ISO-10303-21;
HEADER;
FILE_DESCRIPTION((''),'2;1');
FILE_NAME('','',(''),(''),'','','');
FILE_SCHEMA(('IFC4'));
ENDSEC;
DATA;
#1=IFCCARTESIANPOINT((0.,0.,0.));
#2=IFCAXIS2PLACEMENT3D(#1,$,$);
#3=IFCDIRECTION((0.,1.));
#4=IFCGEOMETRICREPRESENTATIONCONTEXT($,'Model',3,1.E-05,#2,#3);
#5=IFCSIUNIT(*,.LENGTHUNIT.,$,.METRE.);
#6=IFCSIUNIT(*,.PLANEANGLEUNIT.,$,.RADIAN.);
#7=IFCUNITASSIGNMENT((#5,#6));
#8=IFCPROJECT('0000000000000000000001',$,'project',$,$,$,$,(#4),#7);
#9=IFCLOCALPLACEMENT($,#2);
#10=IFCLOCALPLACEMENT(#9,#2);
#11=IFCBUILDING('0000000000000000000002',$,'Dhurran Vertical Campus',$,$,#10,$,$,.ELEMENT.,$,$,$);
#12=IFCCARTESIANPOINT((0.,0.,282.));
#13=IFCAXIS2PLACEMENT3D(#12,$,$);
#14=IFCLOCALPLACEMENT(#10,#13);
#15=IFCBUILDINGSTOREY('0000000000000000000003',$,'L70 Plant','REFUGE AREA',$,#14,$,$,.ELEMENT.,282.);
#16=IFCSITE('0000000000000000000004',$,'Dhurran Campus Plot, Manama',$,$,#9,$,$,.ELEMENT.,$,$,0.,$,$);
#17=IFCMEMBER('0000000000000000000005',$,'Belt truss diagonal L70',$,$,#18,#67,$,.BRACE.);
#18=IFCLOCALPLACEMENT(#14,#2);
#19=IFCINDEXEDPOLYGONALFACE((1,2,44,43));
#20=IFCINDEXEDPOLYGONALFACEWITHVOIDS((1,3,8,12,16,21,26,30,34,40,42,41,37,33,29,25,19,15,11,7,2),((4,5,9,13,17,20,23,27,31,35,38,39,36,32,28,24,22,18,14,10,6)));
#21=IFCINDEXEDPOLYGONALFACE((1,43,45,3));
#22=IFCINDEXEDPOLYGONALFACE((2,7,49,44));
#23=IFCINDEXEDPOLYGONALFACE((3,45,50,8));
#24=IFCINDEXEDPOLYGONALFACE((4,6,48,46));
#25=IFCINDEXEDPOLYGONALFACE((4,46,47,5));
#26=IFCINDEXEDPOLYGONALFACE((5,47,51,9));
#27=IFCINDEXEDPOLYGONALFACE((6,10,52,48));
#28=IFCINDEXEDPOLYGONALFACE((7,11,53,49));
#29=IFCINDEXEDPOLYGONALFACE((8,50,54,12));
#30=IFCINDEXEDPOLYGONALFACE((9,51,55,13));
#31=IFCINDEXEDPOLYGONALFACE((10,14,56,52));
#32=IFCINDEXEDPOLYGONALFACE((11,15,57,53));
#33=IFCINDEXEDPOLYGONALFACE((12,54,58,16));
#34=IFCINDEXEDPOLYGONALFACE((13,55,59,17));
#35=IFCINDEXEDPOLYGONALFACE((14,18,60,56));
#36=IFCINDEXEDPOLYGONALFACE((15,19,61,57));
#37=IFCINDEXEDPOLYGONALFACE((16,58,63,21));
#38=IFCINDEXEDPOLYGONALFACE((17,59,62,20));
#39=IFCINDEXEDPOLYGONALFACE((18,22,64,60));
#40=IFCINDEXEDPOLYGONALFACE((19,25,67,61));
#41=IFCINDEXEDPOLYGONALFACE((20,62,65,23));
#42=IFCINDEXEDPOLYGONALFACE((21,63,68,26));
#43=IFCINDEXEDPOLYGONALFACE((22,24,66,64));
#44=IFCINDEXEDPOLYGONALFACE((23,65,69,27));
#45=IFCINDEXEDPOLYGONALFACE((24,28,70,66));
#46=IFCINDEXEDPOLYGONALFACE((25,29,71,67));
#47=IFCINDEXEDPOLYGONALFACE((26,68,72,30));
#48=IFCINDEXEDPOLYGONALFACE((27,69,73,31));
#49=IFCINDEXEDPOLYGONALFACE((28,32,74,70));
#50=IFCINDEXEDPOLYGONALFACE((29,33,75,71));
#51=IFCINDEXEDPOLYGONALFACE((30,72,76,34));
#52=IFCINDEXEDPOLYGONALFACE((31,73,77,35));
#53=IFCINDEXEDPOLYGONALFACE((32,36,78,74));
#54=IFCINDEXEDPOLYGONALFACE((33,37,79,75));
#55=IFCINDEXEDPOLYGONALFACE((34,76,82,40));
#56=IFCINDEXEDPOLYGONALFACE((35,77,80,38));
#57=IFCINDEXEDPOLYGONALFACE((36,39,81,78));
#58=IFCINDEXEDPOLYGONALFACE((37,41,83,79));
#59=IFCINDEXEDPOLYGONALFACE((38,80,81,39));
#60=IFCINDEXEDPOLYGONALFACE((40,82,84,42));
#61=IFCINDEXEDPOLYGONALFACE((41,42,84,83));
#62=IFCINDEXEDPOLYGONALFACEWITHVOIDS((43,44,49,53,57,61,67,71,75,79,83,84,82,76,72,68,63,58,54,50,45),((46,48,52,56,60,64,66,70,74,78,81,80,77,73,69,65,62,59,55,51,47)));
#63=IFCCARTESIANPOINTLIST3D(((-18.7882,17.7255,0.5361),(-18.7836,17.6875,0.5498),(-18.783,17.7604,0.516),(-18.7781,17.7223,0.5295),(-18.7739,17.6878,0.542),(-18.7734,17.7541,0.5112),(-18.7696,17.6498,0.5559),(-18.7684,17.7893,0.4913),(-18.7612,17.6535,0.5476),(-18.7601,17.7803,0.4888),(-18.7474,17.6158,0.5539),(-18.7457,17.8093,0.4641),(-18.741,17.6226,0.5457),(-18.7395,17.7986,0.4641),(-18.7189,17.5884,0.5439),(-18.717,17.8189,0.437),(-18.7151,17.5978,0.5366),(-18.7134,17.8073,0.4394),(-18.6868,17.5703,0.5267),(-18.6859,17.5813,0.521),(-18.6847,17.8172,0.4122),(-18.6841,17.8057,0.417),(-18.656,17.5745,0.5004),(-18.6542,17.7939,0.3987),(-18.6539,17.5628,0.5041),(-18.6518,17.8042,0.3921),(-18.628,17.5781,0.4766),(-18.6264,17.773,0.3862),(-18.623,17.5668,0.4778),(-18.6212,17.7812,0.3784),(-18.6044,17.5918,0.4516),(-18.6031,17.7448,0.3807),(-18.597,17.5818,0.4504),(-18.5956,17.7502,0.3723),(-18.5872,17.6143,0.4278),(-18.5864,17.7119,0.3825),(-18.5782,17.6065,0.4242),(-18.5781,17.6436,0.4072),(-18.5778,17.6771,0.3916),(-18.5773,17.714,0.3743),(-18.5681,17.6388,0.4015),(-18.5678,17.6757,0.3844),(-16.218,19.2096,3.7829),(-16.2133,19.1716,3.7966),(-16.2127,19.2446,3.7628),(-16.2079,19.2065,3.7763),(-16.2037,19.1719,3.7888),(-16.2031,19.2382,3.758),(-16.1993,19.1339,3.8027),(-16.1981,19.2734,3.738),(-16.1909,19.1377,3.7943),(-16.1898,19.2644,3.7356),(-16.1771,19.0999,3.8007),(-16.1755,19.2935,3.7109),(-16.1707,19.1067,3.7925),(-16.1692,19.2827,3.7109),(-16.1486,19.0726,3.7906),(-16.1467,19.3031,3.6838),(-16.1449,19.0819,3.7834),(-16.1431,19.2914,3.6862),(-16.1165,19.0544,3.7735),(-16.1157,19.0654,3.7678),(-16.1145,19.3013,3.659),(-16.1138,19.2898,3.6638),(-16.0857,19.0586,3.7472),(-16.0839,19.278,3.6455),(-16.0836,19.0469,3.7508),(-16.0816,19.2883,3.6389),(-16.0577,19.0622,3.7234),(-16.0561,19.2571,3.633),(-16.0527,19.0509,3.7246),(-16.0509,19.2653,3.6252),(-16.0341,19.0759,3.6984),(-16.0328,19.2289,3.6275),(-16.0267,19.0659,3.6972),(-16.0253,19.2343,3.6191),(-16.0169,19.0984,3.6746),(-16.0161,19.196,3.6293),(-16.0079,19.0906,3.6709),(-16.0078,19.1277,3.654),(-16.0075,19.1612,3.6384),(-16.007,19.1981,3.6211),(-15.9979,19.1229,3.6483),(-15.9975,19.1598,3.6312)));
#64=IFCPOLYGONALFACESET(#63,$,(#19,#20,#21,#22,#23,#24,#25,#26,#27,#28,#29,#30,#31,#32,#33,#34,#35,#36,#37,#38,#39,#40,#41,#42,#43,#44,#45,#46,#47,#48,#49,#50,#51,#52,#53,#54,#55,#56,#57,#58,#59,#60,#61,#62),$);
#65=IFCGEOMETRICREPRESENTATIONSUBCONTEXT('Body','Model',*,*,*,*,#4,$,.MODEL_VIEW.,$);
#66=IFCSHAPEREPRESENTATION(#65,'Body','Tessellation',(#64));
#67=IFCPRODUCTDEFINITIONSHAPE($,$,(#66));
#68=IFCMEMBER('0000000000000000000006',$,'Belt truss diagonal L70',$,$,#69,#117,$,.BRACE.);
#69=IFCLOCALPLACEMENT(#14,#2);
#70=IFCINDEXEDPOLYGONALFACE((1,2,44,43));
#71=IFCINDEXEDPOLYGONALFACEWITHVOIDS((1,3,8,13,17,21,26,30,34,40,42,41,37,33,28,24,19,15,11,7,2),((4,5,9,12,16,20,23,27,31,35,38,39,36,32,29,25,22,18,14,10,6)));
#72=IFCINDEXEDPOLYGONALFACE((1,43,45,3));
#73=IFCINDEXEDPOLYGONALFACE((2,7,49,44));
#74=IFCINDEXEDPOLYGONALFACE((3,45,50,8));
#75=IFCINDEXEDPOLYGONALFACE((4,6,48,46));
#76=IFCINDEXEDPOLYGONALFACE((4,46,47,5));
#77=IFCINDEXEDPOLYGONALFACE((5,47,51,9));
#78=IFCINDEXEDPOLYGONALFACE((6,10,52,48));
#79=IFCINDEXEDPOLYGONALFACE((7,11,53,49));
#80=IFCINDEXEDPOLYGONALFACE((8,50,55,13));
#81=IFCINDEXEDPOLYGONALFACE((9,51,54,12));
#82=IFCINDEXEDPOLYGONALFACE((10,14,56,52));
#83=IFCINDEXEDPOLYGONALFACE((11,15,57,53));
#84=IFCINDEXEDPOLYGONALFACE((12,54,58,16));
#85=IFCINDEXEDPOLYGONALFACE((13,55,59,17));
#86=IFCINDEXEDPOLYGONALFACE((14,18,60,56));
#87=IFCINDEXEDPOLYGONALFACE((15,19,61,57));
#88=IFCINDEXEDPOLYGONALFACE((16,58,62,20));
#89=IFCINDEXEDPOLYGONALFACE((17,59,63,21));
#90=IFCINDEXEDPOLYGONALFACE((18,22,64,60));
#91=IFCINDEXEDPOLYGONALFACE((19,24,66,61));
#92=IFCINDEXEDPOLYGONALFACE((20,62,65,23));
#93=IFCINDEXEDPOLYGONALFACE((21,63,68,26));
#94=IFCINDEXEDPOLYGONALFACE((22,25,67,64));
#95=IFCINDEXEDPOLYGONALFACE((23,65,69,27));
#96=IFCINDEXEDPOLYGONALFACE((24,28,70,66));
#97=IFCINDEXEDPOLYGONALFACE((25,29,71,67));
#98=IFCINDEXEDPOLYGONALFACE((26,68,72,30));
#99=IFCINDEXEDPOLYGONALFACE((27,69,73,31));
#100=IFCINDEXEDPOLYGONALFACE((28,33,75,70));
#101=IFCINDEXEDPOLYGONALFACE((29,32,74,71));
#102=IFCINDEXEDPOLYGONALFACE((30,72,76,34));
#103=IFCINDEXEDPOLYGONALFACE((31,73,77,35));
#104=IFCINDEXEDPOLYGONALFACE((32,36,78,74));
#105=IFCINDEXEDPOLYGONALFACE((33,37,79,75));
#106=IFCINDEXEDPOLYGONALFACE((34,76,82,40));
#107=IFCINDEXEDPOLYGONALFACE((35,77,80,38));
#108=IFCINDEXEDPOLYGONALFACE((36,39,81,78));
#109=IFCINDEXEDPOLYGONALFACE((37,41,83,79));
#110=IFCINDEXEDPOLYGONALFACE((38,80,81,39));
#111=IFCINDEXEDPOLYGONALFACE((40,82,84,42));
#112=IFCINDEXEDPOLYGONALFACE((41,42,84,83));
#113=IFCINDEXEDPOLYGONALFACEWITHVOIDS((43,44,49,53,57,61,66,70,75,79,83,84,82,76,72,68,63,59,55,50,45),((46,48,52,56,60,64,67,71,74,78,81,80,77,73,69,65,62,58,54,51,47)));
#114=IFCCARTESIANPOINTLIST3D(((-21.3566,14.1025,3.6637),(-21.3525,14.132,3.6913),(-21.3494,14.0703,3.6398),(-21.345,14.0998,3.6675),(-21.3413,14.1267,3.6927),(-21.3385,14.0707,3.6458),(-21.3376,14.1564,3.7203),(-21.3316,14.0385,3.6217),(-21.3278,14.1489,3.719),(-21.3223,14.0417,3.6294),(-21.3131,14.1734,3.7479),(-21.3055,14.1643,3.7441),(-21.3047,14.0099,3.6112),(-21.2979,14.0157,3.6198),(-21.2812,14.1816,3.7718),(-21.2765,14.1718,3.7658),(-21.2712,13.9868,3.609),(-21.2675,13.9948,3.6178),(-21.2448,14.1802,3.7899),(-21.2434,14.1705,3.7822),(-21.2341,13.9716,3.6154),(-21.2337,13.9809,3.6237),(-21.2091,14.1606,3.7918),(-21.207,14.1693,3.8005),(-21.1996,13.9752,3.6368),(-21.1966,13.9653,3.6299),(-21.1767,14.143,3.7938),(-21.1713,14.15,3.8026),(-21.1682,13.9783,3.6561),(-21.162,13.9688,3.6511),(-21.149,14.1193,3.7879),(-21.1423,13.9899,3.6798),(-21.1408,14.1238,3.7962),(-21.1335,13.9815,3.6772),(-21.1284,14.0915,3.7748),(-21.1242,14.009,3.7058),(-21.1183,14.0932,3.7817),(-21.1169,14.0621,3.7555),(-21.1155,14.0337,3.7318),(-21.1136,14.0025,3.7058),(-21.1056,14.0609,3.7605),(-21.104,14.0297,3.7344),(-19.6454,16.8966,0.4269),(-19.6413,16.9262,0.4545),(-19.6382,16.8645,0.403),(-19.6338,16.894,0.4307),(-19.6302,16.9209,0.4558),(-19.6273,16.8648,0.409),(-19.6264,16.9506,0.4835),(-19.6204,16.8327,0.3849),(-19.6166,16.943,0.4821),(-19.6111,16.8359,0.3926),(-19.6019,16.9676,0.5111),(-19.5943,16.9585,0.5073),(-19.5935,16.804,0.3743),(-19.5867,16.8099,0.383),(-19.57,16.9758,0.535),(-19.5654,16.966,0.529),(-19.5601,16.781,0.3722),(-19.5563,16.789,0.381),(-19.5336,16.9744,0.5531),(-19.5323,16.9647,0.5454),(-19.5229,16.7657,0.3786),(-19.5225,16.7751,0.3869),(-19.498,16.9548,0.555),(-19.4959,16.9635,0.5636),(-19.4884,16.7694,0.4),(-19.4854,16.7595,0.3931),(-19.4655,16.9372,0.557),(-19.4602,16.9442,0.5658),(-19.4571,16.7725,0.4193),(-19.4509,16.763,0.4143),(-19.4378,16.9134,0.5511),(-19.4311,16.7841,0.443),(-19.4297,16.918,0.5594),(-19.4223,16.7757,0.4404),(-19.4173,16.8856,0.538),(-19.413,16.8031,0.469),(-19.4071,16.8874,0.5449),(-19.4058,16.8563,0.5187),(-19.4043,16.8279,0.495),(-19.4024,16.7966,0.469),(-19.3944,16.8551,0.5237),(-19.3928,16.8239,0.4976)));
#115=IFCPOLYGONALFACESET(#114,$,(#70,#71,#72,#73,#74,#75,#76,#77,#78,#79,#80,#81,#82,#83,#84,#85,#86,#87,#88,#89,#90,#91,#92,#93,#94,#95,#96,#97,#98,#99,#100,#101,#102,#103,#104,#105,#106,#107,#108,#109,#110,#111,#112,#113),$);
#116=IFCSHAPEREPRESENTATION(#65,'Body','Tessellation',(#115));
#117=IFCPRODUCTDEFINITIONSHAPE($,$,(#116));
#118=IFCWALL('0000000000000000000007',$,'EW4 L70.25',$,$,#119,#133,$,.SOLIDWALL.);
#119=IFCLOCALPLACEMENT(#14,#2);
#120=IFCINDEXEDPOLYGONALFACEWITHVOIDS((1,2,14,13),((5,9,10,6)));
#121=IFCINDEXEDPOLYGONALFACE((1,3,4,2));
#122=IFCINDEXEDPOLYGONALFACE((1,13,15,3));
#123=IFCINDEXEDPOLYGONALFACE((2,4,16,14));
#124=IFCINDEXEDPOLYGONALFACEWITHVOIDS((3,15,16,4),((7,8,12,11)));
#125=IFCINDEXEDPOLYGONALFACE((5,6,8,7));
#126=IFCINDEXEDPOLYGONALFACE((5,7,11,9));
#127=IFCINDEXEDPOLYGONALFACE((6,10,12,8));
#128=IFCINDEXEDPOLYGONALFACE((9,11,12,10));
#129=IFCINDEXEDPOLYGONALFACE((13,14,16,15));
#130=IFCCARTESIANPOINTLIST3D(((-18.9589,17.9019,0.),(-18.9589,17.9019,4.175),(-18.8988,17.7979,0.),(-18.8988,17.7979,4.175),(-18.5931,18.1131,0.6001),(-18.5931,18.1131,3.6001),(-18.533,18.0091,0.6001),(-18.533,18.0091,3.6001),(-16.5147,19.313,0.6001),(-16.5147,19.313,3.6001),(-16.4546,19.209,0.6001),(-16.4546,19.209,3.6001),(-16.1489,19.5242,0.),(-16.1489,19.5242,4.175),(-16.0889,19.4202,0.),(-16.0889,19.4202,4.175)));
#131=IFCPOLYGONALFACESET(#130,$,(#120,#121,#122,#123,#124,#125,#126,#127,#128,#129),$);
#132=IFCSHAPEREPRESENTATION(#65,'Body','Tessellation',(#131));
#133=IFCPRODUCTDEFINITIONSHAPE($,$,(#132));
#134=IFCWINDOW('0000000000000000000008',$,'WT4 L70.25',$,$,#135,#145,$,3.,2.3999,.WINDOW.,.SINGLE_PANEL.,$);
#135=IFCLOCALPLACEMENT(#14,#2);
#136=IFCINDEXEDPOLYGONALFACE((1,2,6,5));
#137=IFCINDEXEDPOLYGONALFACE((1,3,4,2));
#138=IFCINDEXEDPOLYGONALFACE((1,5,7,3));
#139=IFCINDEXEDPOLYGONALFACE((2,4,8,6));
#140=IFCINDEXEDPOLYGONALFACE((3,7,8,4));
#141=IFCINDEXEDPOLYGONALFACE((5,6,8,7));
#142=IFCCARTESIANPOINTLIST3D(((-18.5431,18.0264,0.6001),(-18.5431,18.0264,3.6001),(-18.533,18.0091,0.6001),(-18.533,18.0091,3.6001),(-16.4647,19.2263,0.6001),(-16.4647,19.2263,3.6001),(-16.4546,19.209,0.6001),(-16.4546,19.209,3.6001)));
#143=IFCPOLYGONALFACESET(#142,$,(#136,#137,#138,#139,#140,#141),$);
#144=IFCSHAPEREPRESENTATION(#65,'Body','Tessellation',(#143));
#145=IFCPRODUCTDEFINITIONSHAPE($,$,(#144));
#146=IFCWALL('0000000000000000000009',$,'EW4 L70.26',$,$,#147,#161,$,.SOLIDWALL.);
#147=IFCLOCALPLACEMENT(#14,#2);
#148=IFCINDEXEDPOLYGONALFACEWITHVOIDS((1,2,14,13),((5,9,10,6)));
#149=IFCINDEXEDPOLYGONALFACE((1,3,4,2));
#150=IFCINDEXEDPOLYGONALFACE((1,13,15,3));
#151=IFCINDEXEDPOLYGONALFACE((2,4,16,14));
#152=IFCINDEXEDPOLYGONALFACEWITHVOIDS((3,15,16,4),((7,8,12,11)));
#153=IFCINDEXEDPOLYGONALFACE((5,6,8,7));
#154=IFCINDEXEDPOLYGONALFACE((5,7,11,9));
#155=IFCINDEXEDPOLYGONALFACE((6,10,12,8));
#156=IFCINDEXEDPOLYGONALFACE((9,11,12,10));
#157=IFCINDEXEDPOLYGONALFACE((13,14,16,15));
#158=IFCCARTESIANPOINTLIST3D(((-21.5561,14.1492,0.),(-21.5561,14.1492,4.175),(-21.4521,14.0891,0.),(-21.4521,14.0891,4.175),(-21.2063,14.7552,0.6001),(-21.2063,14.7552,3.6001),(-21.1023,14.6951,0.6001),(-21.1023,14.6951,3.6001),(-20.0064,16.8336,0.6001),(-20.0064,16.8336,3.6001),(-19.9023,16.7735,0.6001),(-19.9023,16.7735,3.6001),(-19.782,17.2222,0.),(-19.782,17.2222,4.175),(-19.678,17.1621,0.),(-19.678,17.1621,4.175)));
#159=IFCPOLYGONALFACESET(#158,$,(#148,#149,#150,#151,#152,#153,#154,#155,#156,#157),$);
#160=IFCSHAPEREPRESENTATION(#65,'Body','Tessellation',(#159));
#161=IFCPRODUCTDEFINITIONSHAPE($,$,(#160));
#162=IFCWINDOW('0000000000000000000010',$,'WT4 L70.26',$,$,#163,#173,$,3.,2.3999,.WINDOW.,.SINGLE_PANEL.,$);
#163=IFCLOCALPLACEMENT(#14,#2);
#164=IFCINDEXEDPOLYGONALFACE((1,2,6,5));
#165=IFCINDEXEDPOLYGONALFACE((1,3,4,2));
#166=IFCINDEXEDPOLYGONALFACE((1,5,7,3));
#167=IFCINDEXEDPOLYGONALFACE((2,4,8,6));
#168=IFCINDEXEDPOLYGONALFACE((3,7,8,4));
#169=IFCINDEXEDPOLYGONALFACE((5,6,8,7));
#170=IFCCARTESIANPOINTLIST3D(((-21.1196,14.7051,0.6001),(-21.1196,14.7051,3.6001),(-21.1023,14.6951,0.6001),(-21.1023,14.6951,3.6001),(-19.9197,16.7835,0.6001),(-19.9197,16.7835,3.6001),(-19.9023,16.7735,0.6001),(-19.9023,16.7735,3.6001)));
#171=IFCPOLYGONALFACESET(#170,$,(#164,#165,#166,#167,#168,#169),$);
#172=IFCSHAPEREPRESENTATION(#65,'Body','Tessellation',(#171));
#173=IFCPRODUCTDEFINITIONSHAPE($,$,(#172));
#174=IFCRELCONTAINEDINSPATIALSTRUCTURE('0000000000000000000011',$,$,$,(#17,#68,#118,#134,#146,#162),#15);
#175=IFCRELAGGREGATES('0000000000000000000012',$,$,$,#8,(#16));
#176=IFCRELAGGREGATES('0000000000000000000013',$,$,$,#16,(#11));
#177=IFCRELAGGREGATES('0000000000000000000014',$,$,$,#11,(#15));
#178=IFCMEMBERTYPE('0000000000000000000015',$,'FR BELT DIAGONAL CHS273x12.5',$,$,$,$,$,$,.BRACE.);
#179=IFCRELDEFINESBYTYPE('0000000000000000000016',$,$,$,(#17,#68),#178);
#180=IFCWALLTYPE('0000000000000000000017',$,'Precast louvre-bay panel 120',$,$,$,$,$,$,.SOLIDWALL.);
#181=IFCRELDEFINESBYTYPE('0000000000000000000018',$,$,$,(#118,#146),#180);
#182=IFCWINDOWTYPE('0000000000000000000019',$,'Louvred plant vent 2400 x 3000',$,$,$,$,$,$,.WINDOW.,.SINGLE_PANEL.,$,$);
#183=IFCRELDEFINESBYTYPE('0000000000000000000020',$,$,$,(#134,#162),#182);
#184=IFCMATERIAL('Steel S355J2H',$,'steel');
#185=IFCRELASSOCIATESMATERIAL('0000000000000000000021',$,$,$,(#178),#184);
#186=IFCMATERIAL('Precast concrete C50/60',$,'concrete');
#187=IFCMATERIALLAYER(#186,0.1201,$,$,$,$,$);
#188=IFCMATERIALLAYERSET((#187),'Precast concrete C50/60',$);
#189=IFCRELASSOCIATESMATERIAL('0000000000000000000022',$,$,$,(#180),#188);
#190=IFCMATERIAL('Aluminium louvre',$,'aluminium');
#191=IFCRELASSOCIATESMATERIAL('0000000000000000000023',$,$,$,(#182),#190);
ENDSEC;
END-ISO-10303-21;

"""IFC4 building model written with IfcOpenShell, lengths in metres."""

from ifc_helpers import new_model, si_unit, direction, frame, frame_2d, origin, origin_2d, place, context, subcontext, project, spatial, rectangle, hollow_circle, extrude, material, layer, layer_set, material_profile, profile_set, type_object, element, fill, save


model = new_model("IFC4")

# Units and contexts
model_context = context("Model", 3, precision=1e-05, world=origin(), true_north=direction((0.0, 1.0)))
body_context = subcontext(model_context, "Body", "Model", "MODEL_VIEW")
ifc_project = project(units=[si_unit("LENGTHUNIT", "METRE"), si_unit("PLANEANGLEUNIT", "RADIAN")], contexts=[model_context])

# Site, building, storey
site_placement = place(None, origin())
site = spatial("IfcSite", under=ifc_project, at=site_placement, Name="Dhurran Campus Plot, Manama", CompositionType="ELEMENT", RefElevation=0.0)
building_placement = place(site_placement, origin())
building = spatial("IfcBuilding", under=site, at=building_placement, Name="Dhurran Vertical Campus", CompositionType="ELEMENT")
storey_placement = place(building_placement, frame((0.0, 0.0, 282.0)))
storey = spatial("IfcBuildingStorey", under=building, at=storey_placement, Name="L70 Plant", Description="REFUGE AREA", CompositionType="ELEMENT", Elevation=282.0)

# Members
ifc_material_1 = material(Name="Steel S355J2H", Category="steel")
ifc_material_profile_1 = material_profile(ifc_material_1, hollow_circle(Radius=0.1365, WallThickness=0.0125, at=origin_2d()), Name="CHS273x12.5")
ifc_profile_set_1 = profile_set([ifc_material_profile_1], Name="Steel S355J2H")
member_type = type_object("IfcMemberType", Name="FR BELT DIAGONAL CHS273x12.5", PredefinedType="BRACE", material=ifc_profile_set_1)
member_1_placement = place(storey_placement, frame((-18.6775, 17.6912, 0.4641), z_axis=(0.584297, 0.337381, 0.738086), x_axis=(-0.50004, 0.866002, 0.0)))
element("IfcMember", 1, at=member_1_placement, inside=storey, type_object=member_type, Name="Belt truss diagonal L70", PredefinedType="BRACE", context=body_context, shape_type="SweptSolid", body=[
    extrude(hollow_circle(Radius=0.1365, WallThickness=0.0125, at=origin_2d()), origin(), (0.0, 0.0, 1.0), 4.3989),
])
member_2_placement = place(storey_placement, frame((-19.5188, 16.8679, 0.469), z_axis=(-0.371534, -0.606679, 0.702782), x_axis=(0.85279, -0.522255, 0.0)))
element("IfcMember", 2, at=member_2_placement, inside=storey, type_object=member_type, Name="Belt truss diagonal L70", PredefinedType="BRACE", context=body_context, shape_type="SweptSolid", body=[
    extrude(hollow_circle(Radius=0.1365, WallThickness=0.0125, at=origin_2d()), origin(), (0.0, 0.0, 1.0), 4.6057),
])

# Walls, openings, windows
ifc_material_2 = material(Name="Precast concrete C50/60", Category="concrete")
ifc_layer_1 = layer(ifc_material_2, 0.1201)
ifc_layer_set_1 = layer_set([ifc_layer_1], Name="Precast concrete C50/60")
wall_type_1 = type_object("IfcWallType", Name="Precast louvre-bay panel 120", PredefinedType="SOLIDWALL", material=ifc_layer_set_1)
wall_1_placement = place(storey_placement, frame((-16.1189, 19.4722, 0.0), z_axis=(0.0, 0.0, 1.0), x_axis=(-0.866035, -0.499983, 0.0)))
wall_1 = element("IfcWall", 3, at=wall_1_placement, inside=storey, type_object=wall_type_1, Name="EW4 L70.25", PredefinedType="SOLIDWALL", context=body_context, shape_type="SweptSolid", body=[
    extrude(rectangle(XDim=3.2446, YDim=0.1201, at=frame_2d((1.6223, 0.0))), origin(), (0.0, 0.0, 1.0), 4.175),
])
opening_1_placement = place(wall_1_placement, frame((0.4224, 0.0, 0.6001)))
opening_1 = element("IfcOpeningElement", 4, at=opening_1_placement, cuts=wall_1, PredefinedType="OPENING", context=body_context, shape_type="SweptSolid", body=[
    extrude(rectangle(XDim=2.3999, YDim=3.0, at=frame_2d((1.2, 1.5))), frame((0.0, 0.0701, 0.0), z_axis=(0.0, -1.0, 0.0), x_axis=(1.0, 0.0, 0.0)), (0.0, 0.0, 1.0), 0.1401),
])
ifc_material_3 = material(Name="Aluminium louvre", Category="aluminium")
window_type = type_object("IfcWindowType", Name="Louvred plant vent 2400 x 3000", PartitioningType="SINGLE_PANEL", PredefinedType="WINDOW", material=ifc_material_3)
window_1_placement = place(opening_1_placement, origin())
window_1 = element("IfcWindow", 5, at=window_1_placement, inside=storey, type_object=window_type, Name="WT4 L70.25", OverallHeight=3.0, OverallWidth=2.3999, PartitioningType="SINGLE_PANEL", PredefinedType="WINDOW", context=body_context, shape_type="SweptSolid", body=[
    extrude(rectangle(XDim=2.3999, YDim=3.0, at=frame_2d((1.2, 1.5))), frame((0.0, 0.0601, 0.0), z_axis=(0.0, -1.0, 0.0), x_axis=(1.0, 0.0, 0.0)), (0.0, 0.0, 1.0), 0.02),
])
fill(opening_1, window_1)
wall_2_placement = place(storey_placement, frame((-19.73, 17.1921, 0.0), z_axis=(0.0, 0.0, 1.0), x_axis=(-0.499994, -0.866029, 0.0)))
wall_2 = element("IfcWall", 6, at=wall_2_placement, inside=storey, type_object=wall_type_1, Name="EW4 L70.26", PredefinedType="SOLIDWALL", context=body_context, shape_type="SweptSolid", body=[
    extrude(rectangle(XDim=3.5483, YDim=0.1201, at=frame_2d((1.7742, 0.0))), origin(), (0.0, 0.0, 1.0), 4.175),
])
opening_2_placement = place(wall_2_placement, frame((0.4487, 0.0, 0.6001)))
opening_2 = element("IfcOpeningElement", 7, at=opening_2_placement, cuts=wall_2, PredefinedType="OPENING", context=body_context, shape_type="SweptSolid", body=[
    extrude(rectangle(XDim=2.3999, YDim=3.0, at=frame_2d((1.2, 1.5))), frame((0.0, 0.0701, 0.0), z_axis=(0.0, -1.0, 0.0), x_axis=(1.0, 0.0, 0.0)), (0.0, 0.0, 1.0), 0.1401),
])
window_2_placement = place(opening_2_placement, origin())
window_2 = element("IfcWindow", 8, at=window_2_placement, inside=storey, type_object=window_type, Name="WT4 L70.26", OverallHeight=3.0, OverallWidth=2.3999, PartitioningType="SINGLE_PANEL", PredefinedType="WINDOW", context=body_context, shape_type="SweptSolid", body=[
    extrude(rectangle(XDim=2.3999, YDim=3.0, at=frame_2d((1.2, 1.5))), frame((0.0, 0.0601, 0.0), z_axis=(0.0, -1.0, 0.0), x_axis=(1.0, 0.0, 0.0)), (0.0, 0.0, 1.0), 0.02),
])
fill(opening_2, window_2)

save(model, "model.ifc")
